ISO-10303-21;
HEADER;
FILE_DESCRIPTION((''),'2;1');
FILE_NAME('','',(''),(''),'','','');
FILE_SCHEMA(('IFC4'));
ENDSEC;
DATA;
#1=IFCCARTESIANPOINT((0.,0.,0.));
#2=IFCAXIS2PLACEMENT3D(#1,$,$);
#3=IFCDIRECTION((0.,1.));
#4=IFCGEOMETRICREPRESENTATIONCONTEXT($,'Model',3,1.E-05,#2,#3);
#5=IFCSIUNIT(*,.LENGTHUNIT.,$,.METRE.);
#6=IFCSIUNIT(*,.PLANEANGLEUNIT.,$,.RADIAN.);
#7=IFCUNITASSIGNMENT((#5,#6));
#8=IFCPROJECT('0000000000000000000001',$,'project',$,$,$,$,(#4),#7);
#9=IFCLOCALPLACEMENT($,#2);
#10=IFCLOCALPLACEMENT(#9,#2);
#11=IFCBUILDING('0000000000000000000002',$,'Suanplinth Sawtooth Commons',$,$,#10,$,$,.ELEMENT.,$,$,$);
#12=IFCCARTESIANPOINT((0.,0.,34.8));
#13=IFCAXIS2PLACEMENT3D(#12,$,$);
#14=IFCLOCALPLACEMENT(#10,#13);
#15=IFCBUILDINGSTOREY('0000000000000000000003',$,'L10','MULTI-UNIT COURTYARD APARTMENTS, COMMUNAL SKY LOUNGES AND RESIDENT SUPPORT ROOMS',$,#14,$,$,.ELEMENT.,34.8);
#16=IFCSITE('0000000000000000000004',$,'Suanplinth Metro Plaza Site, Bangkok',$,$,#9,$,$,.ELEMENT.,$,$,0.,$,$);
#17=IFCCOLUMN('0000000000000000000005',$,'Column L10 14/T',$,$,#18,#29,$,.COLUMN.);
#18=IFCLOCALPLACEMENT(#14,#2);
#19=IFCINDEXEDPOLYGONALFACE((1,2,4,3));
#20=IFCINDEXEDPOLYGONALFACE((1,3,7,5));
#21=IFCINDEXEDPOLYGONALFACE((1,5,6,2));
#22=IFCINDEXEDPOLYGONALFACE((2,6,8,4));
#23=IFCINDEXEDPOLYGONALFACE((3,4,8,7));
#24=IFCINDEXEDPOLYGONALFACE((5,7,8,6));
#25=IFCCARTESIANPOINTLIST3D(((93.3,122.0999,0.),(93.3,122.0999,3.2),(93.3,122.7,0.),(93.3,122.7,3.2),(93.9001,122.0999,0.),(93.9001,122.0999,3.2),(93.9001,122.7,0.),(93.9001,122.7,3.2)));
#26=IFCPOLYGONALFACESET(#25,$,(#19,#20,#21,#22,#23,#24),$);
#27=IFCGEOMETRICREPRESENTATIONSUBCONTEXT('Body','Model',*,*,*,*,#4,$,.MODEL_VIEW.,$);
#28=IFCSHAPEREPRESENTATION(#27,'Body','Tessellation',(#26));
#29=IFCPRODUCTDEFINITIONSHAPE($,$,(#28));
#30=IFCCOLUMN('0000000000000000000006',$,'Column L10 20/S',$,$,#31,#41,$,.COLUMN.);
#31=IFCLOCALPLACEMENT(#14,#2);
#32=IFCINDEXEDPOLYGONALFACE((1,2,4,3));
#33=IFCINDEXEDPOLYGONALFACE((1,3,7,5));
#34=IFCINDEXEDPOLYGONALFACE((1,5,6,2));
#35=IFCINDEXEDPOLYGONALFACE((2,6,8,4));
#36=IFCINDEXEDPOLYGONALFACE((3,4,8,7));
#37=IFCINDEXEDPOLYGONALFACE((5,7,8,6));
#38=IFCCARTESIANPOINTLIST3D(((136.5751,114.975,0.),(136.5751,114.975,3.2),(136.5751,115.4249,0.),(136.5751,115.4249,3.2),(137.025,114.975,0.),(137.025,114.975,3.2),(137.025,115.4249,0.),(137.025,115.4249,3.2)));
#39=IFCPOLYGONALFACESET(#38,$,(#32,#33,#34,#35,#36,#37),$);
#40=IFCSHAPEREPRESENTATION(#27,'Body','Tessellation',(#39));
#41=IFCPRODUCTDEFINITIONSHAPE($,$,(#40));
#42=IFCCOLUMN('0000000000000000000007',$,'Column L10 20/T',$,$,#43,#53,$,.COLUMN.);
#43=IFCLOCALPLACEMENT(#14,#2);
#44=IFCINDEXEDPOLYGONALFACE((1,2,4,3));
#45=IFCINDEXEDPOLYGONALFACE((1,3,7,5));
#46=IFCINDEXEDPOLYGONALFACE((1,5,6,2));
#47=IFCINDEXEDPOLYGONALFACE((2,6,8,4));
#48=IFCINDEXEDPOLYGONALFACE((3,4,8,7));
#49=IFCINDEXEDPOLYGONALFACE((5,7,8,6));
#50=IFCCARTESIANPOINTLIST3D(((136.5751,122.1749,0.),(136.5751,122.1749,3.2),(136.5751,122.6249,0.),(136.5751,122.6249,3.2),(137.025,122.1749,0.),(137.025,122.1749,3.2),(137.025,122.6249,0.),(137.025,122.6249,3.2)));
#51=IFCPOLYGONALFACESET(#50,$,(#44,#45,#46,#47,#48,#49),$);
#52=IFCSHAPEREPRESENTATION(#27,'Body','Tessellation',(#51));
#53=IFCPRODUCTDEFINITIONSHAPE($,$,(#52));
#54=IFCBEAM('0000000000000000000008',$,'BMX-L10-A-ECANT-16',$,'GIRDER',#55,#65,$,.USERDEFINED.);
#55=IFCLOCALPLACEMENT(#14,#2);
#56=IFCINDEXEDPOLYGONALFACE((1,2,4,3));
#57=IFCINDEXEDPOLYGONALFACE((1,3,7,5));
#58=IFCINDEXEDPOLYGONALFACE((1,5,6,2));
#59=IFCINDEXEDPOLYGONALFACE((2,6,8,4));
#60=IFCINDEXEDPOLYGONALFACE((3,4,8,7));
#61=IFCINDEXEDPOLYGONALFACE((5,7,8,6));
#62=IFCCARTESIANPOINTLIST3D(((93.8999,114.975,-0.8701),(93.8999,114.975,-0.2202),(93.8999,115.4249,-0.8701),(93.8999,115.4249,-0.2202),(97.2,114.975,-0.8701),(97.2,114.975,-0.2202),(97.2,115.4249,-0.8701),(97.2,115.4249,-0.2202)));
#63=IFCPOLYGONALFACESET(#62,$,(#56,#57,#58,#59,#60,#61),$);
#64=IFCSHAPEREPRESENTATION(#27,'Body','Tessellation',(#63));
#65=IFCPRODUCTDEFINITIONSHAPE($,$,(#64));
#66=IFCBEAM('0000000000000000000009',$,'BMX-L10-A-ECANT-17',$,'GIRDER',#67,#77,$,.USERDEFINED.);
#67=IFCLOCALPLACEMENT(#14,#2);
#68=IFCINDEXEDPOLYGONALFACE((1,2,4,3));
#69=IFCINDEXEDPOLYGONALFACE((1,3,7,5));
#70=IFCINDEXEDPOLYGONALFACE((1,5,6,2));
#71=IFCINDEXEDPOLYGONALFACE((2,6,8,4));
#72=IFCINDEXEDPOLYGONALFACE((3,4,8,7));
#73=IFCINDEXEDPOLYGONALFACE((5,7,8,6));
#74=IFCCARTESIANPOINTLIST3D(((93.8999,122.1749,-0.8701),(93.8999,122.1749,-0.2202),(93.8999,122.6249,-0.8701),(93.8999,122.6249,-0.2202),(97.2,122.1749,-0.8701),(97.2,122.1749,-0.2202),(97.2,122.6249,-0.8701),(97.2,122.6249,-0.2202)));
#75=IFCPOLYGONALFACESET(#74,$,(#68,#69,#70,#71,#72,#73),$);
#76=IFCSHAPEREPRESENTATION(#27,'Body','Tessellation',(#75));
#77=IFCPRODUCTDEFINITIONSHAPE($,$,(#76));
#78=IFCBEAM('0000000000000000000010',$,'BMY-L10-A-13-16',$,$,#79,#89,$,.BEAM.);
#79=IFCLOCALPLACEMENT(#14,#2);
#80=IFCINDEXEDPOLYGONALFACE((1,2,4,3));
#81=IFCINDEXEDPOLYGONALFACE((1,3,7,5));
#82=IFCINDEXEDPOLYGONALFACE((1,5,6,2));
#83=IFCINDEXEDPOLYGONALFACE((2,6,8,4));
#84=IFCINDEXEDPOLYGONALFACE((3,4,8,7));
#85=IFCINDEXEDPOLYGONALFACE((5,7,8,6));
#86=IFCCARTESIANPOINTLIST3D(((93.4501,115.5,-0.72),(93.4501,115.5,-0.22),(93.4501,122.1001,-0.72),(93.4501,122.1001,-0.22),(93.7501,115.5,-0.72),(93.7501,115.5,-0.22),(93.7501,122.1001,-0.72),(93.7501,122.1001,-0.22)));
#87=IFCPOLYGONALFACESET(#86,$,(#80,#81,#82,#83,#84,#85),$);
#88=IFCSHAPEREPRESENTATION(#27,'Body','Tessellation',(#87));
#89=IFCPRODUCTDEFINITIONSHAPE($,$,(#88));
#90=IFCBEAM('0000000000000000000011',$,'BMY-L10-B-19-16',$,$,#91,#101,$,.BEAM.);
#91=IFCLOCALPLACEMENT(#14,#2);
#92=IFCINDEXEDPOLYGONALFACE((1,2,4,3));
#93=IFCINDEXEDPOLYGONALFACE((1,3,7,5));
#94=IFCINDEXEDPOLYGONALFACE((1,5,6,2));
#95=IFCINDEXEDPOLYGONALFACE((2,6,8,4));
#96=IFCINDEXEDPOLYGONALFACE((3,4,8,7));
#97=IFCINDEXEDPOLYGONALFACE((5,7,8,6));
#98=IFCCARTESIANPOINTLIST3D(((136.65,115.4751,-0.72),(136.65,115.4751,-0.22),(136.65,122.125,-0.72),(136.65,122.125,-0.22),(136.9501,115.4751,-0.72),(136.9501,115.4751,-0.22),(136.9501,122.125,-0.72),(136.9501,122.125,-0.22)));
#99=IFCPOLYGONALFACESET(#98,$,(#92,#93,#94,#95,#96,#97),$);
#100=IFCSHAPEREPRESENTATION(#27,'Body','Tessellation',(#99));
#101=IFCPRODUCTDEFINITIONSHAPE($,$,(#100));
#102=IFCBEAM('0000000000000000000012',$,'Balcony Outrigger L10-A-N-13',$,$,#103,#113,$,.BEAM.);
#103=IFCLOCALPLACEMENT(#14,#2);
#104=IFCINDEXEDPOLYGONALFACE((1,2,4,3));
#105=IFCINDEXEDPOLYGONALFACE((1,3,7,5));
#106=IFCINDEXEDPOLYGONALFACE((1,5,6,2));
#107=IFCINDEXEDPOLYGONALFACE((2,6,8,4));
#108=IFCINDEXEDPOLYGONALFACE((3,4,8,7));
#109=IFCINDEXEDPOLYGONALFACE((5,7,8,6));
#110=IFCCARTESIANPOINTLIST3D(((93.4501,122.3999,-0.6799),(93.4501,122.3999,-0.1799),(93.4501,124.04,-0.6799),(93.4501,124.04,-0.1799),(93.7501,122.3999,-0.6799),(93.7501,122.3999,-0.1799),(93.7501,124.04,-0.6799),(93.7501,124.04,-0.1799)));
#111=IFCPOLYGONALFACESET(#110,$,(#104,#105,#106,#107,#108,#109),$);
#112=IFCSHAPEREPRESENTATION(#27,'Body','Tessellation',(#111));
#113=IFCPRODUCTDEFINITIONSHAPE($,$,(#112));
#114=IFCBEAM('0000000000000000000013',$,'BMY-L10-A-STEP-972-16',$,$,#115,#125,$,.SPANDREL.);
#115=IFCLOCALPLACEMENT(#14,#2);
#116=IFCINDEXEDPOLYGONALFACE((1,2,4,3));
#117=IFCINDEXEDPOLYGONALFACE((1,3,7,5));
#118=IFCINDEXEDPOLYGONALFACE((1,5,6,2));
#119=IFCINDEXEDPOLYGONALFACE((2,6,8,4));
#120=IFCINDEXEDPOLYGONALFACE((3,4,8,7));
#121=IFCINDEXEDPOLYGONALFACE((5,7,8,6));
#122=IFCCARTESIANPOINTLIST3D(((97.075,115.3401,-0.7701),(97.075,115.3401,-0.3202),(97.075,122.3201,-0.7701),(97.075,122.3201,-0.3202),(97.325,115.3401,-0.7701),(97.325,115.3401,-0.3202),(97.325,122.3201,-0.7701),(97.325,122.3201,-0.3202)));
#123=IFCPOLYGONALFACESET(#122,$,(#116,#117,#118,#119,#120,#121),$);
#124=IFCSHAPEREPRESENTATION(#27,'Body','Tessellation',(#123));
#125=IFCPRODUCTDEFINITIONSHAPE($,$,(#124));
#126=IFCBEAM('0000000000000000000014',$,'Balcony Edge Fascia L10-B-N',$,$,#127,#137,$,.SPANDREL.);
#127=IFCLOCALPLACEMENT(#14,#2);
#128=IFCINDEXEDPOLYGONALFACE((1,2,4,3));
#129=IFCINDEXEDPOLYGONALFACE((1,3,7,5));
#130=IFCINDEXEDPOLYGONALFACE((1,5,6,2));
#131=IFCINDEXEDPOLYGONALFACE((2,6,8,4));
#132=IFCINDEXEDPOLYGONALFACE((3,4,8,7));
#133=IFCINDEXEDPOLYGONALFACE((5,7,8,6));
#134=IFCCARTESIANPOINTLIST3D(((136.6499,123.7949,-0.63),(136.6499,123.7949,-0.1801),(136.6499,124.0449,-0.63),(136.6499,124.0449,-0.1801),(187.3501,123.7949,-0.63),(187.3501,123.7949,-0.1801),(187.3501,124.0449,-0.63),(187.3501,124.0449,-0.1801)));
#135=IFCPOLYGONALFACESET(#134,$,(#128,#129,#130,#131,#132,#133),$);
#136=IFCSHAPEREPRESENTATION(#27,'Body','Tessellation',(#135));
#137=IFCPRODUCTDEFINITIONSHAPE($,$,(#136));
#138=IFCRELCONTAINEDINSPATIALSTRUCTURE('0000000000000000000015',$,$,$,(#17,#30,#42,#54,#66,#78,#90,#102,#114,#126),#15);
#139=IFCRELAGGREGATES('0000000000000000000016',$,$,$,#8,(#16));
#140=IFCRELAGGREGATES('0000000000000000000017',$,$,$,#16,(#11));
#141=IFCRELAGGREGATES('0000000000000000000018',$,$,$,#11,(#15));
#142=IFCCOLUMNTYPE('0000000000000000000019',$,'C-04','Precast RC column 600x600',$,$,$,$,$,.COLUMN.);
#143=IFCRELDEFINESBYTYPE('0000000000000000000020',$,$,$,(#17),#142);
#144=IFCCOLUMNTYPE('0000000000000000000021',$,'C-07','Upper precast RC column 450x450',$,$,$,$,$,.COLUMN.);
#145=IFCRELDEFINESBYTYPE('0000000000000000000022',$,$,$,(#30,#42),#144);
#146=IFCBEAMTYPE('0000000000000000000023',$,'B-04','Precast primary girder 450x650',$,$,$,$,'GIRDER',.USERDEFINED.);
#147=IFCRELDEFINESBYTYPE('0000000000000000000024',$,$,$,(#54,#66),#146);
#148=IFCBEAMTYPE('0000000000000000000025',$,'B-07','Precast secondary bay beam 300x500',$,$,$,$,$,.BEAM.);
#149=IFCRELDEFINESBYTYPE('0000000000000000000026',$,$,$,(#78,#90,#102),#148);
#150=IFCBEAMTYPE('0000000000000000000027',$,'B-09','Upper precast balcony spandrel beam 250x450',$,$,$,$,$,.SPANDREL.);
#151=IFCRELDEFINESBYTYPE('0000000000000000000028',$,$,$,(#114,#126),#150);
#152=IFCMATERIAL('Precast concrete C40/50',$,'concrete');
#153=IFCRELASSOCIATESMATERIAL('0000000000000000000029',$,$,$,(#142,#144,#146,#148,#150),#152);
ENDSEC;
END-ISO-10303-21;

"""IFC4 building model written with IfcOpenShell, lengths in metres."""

from ifc_helpers import new_model, si_unit, direction, frame, origin, origin_2d, place, context, subcontext, project, spatial, rectangle, extrude, material, material_profile, profile_set, type_object, element, save


model = new_model("IFC4")

# Units and contexts
model_context = context("Model", 3, precision=1e-05, world=origin(), true_north=direction((0.0, 1.0)))
body_context = subcontext(model_context, "Body", "Model", "MODEL_VIEW")
ifc_project = project(units=[si_unit("LENGTHUNIT", "METRE"), si_unit("PLANEANGLEUNIT", "RADIAN")], contexts=[model_context])

# Site, building, storey
site_placement = place(None, origin())
site = spatial("IfcSite", under=ifc_project, at=site_placement, Name="Suanplinth Metro Plaza Site, Bangkok", CompositionType="ELEMENT", RefElevation=0.0)
building_placement = place(site_placement, origin())
building = spatial("IfcBuilding", under=site, at=building_placement, Name="Suanplinth Sawtooth Commons", CompositionType="ELEMENT")
storey_placement = place(building_placement, frame((0.0, 0.0, 34.8)))
storey = spatial("IfcBuildingStorey", under=building, at=storey_placement, Name="L10", Description="MULTI-UNIT COURTYARD APARTMENTS, COMMUNAL SKY LOUNGES AND RESIDENT SUPPORT ROOMS", CompositionType="ELEMENT", Elevation=34.8)

# Columns
ifc_material_1 = material(Name="Precast concrete C40/50", Category="concrete")
ifc_material_profile_1 = material_profile(ifc_material_1, rectangle(XDim=0.6001, YDim=0.6001, at=origin_2d()), Name="PC-COL 600x600")
ifc_profile_set_1 = profile_set([ifc_material_profile_1], Name="Precast concrete C40/50")
column_type_1 = type_object("IfcColumnType", Name="C-04", Description="Precast RC column 600x600", PredefinedType="COLUMN", material=ifc_profile_set_1)
column_placement = place(storey_placement, frame((93.6001, 122.3999, 0.0), z_axis=(0.0, 0.0, 1.0), x_axis=(1.0, 0.0, 0.0)))
element("IfcColumn", 1, at=column_placement, inside=storey, type_object=column_type_1, Name="Column L10 14/T", PredefinedType="COLUMN", context=body_context, shape_type="SweptSolid", body=[
    extrude(rectangle(XDim=0.6001, YDim=0.6001, at=origin_2d()), origin(), (0.0, 0.0, 1.0), 3.2),
])
ifc_material_profile_2 = material_profile(ifc_material_1, rectangle(XDim=0.45, YDim=0.45, at=origin_2d()), Name="PC-COL 450x450")
ifc_profile_set_2 = profile_set([ifc_material_profile_2], Name="Precast concrete C40/50")
column_type_2 = type_object("IfcColumnType", Name="C-07", Description="Upper precast RC column 450x450", PredefinedType="COLUMN", material=ifc_profile_set_2)
for number, where, z_axis, x_axis, name in (
    (2, (136.8, 115.2, 0.0), (0.0, 0.0, 1.0), (1.0, 0.0, 0.0), "Column L10 20/S"),
    (3, (136.8, 122.3999, 0.0), (0.0, 0.0, 1.0), (1.0, 0.0, 0.0), "Column L10 20/T"),
):
    element("IfcColumn", number, at=place(storey_placement, frame(where, z_axis=z_axis, x_axis=x_axis)), inside=storey, type_object=column_type_2, Name=name, PredefinedType="COLUMN", context=body_context, shape_type="SweptSolid", body=[
        extrude(rectangle(XDim=0.45, YDim=0.45, at=origin_2d()), origin(), (0.0, 0.0, 1.0), 3.2),
    ])

# Beams
ifc_material_profile_3 = material_profile(ifc_material_1, rectangle(XDim=0.45, YDim=0.6499, at=origin_2d()), Name="PC-GDR 450x650")
ifc_profile_set_3 = profile_set([ifc_material_profile_3], Name="Precast concrete C40/50")
beam_type_1 = type_object("IfcBeamType", Name="B-04", Description="Precast primary girder 450x650", ElementType="GIRDER", PredefinedType="USERDEFINED", material=ifc_profile_set_3)
for number, where, z_axis, x_axis, name in (
    (4, (93.8999, 115.2, -0.5452), (1.0, 0.0, 0.0), (0.0, 1.0, 0.0), "BMX-L10-A-ECANT-16"),
    (5, (93.8999, 122.3999, -0.5452), (1.0, 0.0, 0.0), (0.0, 1.0, 0.0), "BMX-L10-A-ECANT-17"),
):
    element("IfcBeam", number, at=place(storey_placement, frame(where, z_axis=z_axis, x_axis=x_axis)), inside=storey, type_object=beam_type_1, Name=name, ObjectType="GIRDER", PredefinedType="USERDEFINED", context=body_context, shape_type="SweptSolid", body=[
        extrude(rectangle(XDim=0.45, YDim=0.6499, at=origin_2d()), origin(), (0.0, 0.0, 1.0), 3.3),
    ])
ifc_material_profile_4 = material_profile(ifc_material_1, rectangle(XDim=0.3, YDim=0.5, at=origin_2d()), Name="PC-BM 300x500")
ifc_profile_set_4 = profile_set([ifc_material_profile_4], Name="Precast concrete C40/50")
beam_type_2 = type_object("IfcBeamType", Name="B-07", Description="Precast secondary bay beam 300x500", PredefinedType="BEAM", material=ifc_profile_set_4)
beam_1_placement = place(storey_placement, frame((93.6001, 115.5, -0.47), z_axis=(0.0, 1.0, 0.0), x_axis=(-1.0, 0.0, 0.0)))
element("IfcBeam", 6, at=beam_1_placement, inside=storey, type_object=beam_type_2, Name="BMY-L10-A-13-16", PredefinedType="BEAM", context=body_context, shape_type="SweptSolid", body=[
    extrude(rectangle(XDim=0.3, YDim=0.5, at=origin_2d()), origin(), (0.0, 0.0, 1.0), 6.6001),
])
beam_2_placement = place(storey_placement, frame((136.8, 115.4751, -0.47), z_axis=(0.0, 1.0, 0.0), x_axis=(-1.0, 0.0, 0.0)))
element("IfcBeam", 7, at=beam_2_placement, inside=storey, type_object=beam_type_2, Name="BMY-L10-B-19-16", PredefinedType="BEAM", context=body_context, shape_type="SweptSolid", body=[
    extrude(rectangle(XDim=0.3, YDim=0.5, at=origin_2d()), origin(), (0.0, 0.0, 1.0), 6.6499),
])
beam_3_placement = place(storey_placement, frame((93.6001, 122.3999, -0.4299), z_axis=(0.0, 1.0, 0.0), x_axis=(-1.0, 0.0, 0.0)))
element("IfcBeam", 8, at=beam_3_placement, inside=storey, type_object=beam_type_2, Name="Balcony Outrigger L10-A-N-13", PredefinedType="BEAM", context=body_context, shape_type="SweptSolid", body=[
    extrude(rectangle(XDim=0.3, YDim=0.5, at=origin_2d()), origin(), (0.0, 0.0, 1.0), 1.6401),
])
ifc_material_profile_5 = material_profile(ifc_material_1, rectangle(XDim=0.25, YDim=0.45, at=origin_2d()), Name="PC-SP 250x450")
ifc_profile_set_5 = profile_set([ifc_material_profile_5], Name="Precast concrete C40/50")
beam_type_3 = type_object("IfcBeamType", Name="B-09", Description="Upper precast balcony spandrel beam 250x450", PredefinedType="SPANDREL", material=ifc_profile_set_5)
beam_4_placement = place(storey_placement, frame((97.2, 115.3401, -0.5452), z_axis=(0.0, 1.0, 0.0), x_axis=(-1.0, 0.0, 0.0)))
element("IfcBeam", 9, at=beam_4_placement, inside=storey, type_object=beam_type_3, Name="BMY-L10-A-STEP-972-16", PredefinedType="SPANDREL", context=body_context, shape_type="SweptSolid", body=[
    extrude(rectangle(XDim=0.25, YDim=0.45, at=origin_2d()), origin(), (0.0, 0.0, 1.0), 6.98),
])
beam_5_placement = place(storey_placement, frame((136.6499, 123.9199, -0.405), z_axis=(1.0, 0.0, 0.0), x_axis=(0.0, 1.0, 0.0)))
element("IfcBeam", 10, at=beam_5_placement, inside=storey, type_object=beam_type_3, Name="Balcony Edge Fascia L10-B-N", PredefinedType="SPANDREL", context=body_context, shape_type="SweptSolid", body=[
    extrude(rectangle(XDim=0.25, YDim=0.45, at=origin_2d()), origin(), (0.0, 0.0, 1.0), 50.7002),
])

save(model, "model.ifc")
